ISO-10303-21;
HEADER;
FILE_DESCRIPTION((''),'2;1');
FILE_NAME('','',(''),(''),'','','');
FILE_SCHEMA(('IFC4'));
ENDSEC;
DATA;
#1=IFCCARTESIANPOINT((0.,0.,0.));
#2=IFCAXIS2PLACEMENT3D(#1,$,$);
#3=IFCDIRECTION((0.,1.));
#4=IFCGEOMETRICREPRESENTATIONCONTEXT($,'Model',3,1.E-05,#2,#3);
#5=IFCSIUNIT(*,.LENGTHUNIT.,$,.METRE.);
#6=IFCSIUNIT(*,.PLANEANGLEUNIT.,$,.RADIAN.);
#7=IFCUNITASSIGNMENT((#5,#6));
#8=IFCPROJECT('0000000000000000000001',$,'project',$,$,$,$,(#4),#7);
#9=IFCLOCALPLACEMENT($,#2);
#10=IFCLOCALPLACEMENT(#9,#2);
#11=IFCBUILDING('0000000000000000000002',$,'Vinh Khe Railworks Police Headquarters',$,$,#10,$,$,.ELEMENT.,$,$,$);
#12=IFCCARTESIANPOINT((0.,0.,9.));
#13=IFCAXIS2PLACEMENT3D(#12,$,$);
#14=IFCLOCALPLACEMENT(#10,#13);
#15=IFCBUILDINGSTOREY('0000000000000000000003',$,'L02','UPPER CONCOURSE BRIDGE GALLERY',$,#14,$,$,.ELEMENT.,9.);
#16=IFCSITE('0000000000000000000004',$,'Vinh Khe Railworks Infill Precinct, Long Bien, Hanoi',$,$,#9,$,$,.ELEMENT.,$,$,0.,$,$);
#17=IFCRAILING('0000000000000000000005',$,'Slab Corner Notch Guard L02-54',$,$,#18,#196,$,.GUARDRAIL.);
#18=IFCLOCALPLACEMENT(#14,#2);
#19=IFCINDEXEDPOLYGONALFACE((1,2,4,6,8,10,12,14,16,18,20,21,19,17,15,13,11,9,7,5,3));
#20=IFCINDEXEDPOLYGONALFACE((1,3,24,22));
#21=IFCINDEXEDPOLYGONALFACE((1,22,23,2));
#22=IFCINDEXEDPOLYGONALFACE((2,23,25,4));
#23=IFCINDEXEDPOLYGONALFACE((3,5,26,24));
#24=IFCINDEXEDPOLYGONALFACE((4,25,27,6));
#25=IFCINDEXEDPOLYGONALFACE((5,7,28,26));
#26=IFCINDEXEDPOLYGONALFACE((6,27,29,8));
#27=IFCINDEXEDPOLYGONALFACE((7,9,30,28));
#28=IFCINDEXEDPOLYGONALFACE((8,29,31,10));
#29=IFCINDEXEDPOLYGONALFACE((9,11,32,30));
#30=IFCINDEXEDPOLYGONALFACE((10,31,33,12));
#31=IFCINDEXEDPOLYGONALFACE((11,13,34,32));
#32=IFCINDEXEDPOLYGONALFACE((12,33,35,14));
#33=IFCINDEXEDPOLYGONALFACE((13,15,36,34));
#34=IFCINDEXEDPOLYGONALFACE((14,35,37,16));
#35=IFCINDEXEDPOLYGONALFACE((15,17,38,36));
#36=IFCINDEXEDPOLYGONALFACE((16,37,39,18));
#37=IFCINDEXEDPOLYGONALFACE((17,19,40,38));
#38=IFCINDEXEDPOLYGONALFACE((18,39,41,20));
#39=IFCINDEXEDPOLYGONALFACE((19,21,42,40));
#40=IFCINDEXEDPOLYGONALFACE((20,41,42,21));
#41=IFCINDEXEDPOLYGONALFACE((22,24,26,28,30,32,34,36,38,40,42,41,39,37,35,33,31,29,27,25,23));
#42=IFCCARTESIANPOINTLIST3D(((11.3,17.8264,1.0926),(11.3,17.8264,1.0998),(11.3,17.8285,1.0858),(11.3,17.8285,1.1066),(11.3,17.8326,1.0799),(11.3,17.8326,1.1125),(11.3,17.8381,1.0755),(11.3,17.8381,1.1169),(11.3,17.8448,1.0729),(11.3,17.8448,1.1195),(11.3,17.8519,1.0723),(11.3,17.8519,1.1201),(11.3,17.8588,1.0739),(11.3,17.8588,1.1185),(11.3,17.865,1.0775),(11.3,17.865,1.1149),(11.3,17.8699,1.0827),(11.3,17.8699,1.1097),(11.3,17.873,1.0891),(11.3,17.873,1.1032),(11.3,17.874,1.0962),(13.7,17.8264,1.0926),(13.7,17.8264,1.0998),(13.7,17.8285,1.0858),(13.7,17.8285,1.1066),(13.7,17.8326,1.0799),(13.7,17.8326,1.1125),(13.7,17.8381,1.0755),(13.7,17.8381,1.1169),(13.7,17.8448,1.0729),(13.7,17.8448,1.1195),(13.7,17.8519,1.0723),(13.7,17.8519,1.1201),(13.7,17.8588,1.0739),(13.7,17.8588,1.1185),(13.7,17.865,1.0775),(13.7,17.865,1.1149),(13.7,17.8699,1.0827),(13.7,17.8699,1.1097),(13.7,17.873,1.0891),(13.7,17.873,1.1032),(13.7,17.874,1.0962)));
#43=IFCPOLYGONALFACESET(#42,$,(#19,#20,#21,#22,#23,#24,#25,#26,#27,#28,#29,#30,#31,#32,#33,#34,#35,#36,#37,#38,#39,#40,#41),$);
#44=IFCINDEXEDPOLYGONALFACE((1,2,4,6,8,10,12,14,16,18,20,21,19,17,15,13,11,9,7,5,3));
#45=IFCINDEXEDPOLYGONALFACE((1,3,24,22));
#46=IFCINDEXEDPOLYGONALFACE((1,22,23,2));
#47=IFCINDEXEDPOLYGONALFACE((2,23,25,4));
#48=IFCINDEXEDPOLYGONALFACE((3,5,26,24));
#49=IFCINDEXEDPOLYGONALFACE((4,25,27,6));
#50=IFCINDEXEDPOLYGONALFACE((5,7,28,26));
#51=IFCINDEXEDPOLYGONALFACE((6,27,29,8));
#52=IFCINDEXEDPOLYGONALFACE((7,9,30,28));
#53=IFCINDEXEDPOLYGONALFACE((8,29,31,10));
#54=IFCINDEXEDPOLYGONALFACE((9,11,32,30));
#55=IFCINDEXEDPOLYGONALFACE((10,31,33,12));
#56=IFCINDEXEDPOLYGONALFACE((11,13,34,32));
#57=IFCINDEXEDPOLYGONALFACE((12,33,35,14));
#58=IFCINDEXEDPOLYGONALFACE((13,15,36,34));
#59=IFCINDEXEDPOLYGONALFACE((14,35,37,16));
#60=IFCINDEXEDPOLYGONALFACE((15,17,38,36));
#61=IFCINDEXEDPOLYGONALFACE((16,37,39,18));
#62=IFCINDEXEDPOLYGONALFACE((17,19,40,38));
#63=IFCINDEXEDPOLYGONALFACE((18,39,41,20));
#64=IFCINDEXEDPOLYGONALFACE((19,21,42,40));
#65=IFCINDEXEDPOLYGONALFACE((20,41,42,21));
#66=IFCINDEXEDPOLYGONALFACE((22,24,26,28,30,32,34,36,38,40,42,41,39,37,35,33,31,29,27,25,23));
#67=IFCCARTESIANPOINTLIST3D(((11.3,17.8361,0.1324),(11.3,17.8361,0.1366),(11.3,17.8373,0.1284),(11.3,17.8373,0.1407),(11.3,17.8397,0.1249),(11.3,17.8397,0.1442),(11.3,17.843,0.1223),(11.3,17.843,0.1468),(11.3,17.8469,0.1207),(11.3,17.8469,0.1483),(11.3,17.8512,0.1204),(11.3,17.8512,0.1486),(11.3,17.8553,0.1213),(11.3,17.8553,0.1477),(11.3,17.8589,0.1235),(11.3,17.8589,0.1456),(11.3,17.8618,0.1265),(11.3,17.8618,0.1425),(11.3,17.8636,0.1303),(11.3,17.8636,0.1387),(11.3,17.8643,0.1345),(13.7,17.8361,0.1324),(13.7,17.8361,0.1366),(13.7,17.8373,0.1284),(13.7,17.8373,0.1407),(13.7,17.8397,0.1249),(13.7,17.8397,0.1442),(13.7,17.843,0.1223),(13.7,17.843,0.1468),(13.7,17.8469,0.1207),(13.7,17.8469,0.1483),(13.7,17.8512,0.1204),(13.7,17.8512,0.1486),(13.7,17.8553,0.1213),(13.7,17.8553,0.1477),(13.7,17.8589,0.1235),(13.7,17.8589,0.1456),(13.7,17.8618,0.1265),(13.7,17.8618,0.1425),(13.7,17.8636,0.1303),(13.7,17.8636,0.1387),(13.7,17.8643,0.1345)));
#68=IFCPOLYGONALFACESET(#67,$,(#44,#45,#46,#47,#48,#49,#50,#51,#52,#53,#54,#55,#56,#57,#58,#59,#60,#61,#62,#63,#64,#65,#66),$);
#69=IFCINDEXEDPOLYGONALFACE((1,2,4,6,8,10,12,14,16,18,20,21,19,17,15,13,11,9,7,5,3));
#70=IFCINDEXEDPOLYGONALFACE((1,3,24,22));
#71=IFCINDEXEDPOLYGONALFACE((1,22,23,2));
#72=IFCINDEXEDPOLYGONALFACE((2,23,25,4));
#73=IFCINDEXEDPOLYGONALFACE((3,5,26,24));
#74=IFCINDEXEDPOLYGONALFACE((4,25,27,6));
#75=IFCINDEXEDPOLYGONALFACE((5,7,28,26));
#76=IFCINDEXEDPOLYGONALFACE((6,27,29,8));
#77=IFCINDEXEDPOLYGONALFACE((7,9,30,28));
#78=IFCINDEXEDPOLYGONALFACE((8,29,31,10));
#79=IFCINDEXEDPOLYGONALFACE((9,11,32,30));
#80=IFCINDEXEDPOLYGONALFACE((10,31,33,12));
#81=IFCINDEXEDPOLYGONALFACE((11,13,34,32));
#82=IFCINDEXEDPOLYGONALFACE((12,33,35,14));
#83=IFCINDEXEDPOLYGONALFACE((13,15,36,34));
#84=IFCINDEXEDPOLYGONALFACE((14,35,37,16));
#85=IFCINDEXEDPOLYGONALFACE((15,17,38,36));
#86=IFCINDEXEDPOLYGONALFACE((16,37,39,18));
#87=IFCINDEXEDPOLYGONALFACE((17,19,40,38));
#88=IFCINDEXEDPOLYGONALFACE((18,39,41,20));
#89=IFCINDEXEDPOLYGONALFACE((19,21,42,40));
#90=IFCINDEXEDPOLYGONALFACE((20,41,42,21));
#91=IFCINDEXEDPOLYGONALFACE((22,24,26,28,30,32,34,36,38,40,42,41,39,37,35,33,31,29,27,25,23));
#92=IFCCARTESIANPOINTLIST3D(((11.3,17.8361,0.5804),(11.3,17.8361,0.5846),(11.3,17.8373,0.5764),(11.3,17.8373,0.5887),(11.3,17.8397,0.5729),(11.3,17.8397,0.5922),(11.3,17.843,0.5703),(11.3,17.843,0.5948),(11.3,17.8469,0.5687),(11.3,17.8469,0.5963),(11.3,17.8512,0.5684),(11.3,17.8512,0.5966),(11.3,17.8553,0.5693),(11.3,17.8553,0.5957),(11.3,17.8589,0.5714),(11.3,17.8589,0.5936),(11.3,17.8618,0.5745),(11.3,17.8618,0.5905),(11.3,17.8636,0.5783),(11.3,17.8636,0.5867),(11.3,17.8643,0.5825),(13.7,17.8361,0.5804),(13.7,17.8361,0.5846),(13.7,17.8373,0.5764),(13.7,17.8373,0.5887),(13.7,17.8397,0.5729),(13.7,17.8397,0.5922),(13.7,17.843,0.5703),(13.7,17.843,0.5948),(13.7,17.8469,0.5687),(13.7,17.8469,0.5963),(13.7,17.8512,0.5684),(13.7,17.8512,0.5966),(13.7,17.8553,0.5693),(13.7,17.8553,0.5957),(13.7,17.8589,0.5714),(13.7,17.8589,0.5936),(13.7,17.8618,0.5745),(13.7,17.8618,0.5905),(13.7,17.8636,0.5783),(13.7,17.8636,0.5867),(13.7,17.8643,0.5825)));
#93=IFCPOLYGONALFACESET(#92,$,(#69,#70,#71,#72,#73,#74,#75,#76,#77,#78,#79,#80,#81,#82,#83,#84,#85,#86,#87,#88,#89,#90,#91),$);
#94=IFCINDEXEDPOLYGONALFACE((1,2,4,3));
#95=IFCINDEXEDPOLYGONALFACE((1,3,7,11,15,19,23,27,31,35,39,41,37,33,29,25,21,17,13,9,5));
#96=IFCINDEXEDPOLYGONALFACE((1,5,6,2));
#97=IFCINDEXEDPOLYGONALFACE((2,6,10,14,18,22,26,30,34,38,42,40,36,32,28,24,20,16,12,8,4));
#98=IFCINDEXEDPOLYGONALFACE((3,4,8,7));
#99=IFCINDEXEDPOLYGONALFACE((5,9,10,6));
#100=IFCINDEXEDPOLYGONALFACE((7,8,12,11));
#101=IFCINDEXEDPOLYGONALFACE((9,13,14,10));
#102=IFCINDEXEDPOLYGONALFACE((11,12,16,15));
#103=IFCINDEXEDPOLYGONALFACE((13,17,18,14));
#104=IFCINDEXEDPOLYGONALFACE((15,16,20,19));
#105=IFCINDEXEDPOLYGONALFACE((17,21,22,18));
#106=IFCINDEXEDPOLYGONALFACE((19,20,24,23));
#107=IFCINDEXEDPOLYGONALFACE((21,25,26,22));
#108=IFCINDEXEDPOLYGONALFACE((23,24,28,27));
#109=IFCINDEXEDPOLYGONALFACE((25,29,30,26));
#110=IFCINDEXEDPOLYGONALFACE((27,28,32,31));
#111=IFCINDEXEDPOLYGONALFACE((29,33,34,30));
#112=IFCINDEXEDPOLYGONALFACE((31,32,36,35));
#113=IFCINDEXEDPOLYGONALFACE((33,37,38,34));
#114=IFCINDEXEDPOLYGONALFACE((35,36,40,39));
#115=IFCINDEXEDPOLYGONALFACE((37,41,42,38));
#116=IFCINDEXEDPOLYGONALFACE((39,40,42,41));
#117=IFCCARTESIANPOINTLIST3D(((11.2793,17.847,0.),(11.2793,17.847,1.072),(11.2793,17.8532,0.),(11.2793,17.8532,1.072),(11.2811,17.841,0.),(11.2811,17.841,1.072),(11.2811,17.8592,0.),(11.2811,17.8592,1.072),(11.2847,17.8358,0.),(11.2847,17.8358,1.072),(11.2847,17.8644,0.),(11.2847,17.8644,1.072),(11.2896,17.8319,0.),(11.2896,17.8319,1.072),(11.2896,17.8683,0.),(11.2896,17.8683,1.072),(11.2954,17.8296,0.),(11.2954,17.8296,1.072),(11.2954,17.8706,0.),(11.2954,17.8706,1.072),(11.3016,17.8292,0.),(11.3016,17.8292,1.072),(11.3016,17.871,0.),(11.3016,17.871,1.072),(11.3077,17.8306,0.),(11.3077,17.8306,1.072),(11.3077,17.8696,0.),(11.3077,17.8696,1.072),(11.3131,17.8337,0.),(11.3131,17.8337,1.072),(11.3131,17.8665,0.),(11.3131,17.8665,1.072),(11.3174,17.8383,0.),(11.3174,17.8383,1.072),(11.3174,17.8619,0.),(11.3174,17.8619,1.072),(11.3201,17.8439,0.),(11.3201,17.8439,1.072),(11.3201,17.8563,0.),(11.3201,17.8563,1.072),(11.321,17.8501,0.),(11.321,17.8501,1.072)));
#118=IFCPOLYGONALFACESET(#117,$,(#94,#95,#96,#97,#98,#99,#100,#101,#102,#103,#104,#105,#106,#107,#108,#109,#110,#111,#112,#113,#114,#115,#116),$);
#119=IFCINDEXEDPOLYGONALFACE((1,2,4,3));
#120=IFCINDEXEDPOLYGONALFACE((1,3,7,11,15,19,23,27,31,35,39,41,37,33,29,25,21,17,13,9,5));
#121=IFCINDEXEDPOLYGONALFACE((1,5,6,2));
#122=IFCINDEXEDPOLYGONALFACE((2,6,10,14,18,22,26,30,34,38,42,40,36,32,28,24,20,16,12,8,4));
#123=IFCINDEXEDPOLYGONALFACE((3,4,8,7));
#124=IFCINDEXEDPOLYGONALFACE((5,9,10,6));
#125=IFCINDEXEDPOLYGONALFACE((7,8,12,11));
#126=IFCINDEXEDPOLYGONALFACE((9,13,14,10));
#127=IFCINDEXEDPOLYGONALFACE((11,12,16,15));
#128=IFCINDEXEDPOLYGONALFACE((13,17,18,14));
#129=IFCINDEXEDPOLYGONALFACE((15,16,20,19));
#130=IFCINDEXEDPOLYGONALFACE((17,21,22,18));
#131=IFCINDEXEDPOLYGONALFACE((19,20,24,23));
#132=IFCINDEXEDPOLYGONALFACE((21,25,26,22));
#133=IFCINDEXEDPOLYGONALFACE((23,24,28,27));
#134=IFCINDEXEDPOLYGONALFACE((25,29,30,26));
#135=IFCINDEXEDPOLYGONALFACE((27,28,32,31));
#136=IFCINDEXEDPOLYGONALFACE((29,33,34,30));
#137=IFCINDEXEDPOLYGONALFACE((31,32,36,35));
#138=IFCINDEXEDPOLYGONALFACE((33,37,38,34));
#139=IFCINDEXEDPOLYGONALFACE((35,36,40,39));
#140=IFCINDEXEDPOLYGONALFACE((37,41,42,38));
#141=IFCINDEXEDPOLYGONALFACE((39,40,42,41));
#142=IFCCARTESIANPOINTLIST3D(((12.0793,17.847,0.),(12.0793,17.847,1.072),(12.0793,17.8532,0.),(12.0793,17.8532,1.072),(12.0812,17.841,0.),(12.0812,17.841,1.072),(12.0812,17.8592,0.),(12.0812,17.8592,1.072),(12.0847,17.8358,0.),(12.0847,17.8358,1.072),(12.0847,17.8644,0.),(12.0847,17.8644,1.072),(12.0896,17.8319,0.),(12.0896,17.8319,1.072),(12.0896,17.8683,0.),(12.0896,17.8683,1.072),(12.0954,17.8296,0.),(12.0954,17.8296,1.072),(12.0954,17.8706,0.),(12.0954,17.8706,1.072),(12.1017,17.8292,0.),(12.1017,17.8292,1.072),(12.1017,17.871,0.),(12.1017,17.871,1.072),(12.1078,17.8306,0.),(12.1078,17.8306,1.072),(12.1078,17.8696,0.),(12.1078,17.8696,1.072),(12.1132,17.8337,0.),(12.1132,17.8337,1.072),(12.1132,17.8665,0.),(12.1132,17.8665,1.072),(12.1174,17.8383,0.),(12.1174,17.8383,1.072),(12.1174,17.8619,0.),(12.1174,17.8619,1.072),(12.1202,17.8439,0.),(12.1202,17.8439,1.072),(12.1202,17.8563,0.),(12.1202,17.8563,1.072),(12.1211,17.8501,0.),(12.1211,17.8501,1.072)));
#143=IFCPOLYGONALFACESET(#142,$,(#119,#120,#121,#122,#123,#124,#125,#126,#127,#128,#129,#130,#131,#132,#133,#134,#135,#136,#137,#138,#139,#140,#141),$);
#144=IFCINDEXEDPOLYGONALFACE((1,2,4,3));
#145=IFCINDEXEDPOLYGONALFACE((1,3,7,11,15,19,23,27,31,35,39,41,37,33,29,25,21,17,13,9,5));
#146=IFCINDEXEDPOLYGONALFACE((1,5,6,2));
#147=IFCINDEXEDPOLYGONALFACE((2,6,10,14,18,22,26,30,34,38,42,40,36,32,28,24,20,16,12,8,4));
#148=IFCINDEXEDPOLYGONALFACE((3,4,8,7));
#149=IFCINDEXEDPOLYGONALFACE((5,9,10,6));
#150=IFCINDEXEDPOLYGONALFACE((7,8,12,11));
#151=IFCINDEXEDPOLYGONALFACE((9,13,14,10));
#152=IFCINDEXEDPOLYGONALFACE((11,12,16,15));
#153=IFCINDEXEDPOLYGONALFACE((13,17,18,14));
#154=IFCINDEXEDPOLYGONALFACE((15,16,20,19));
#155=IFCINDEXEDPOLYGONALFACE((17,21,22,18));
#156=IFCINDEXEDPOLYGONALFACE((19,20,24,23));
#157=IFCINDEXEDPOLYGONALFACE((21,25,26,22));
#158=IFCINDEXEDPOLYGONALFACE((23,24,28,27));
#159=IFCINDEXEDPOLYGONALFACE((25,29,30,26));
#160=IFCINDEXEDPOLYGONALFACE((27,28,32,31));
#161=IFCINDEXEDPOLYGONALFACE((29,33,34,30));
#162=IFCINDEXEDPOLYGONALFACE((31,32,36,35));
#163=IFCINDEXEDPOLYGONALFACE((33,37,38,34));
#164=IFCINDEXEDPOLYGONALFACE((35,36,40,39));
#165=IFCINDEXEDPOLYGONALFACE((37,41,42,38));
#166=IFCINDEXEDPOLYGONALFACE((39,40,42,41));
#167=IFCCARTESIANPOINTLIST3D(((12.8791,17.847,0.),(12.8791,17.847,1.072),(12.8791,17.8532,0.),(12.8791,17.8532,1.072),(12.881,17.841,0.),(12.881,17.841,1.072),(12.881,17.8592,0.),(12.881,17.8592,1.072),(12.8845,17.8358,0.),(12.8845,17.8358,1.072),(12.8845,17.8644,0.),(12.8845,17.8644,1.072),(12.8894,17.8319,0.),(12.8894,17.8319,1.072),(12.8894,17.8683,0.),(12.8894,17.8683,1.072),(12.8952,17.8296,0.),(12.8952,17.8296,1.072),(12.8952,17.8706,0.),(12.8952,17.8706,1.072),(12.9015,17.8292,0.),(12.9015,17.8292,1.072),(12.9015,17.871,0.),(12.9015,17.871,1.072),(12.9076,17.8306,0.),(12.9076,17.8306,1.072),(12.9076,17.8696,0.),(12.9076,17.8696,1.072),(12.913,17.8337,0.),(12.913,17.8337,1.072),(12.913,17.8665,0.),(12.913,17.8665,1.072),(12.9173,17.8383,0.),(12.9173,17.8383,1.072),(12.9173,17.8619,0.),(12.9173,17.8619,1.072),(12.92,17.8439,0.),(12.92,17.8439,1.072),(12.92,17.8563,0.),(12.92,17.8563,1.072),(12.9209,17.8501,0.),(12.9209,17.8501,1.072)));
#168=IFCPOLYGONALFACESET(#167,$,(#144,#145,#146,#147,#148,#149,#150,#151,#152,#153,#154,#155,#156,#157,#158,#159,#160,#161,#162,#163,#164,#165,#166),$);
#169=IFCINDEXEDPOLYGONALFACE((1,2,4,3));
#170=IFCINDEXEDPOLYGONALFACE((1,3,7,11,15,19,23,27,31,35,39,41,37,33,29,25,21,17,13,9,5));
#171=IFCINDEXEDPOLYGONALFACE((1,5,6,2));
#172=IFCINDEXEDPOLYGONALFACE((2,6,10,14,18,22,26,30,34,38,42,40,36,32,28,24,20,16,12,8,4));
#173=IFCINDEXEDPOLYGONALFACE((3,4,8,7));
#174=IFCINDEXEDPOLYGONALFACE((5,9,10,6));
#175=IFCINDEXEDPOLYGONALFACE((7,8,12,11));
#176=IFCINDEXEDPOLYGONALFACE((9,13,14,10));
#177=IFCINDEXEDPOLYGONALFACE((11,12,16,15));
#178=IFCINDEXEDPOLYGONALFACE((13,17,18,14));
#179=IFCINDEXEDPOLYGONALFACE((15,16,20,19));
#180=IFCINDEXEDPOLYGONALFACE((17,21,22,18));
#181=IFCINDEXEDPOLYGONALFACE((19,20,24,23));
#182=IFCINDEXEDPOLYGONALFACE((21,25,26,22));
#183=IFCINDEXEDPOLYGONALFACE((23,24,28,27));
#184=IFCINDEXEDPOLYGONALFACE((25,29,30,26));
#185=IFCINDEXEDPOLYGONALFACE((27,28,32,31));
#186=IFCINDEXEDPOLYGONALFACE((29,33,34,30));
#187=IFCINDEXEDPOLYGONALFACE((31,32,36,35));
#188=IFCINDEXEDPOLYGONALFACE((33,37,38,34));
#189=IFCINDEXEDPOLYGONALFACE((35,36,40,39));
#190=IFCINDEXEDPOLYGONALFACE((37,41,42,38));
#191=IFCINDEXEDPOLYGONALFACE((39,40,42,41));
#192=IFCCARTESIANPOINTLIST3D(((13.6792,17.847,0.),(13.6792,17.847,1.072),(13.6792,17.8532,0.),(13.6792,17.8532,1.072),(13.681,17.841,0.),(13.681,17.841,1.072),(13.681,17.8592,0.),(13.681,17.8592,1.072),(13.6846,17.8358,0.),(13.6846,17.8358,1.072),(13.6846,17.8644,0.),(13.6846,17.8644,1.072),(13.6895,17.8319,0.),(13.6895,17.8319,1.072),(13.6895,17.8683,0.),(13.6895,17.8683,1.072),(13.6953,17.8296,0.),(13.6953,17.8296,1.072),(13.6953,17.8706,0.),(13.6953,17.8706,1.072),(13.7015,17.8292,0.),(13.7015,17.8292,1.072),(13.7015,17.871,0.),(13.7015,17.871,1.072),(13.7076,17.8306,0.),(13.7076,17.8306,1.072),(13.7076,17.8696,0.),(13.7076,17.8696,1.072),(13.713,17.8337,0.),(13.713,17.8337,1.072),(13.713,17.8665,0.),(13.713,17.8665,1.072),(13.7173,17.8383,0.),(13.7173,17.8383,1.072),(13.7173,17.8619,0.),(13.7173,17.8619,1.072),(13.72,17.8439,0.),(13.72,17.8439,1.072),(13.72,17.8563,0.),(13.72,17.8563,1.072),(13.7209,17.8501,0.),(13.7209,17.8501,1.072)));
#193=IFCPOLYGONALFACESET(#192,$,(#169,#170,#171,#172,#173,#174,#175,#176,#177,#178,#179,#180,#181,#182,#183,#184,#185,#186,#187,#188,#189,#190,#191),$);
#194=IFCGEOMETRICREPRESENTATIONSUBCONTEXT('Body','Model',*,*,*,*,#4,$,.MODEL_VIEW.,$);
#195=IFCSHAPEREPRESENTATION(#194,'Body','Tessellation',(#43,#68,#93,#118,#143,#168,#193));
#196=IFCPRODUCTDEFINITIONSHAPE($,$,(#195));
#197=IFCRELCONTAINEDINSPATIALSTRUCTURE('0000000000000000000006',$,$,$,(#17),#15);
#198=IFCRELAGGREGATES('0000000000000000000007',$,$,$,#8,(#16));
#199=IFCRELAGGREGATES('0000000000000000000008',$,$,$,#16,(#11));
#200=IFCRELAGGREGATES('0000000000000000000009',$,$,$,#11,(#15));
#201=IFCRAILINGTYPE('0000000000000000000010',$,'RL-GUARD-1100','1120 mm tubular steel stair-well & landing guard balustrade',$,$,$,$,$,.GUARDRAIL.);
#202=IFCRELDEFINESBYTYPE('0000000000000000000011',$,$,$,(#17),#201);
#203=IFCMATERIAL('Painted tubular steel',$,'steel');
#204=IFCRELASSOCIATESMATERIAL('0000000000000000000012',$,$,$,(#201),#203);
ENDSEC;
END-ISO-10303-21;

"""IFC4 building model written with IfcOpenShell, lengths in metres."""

from ifc_helpers import new_model, si_unit, direction, frame, origin, origin_2d, place, context, subcontext, project, spatial, circle, extrude, material, type_object, element, save


model = new_model("IFC4")

# Units and contexts
model_context = context("Model", 3, precision=1e-05, world=origin(), true_north=direction((0.0, 1.0)))
body_context = subcontext(model_context, "Body", "Model", "MODEL_VIEW")
ifc_project = project(units=[si_unit("LENGTHUNIT", "METRE"), si_unit("PLANEANGLEUNIT", "RADIAN")], contexts=[model_context])

# Site, building, storey
site_placement = place(None, origin())
site = spatial("IfcSite", under=ifc_project, at=site_placement, Name="Vinh Khe Railworks Infill Precinct, Long Bien, Hanoi", CompositionType="ELEMENT", RefElevation=0.0)
building_placement = place(site_placement, origin())
building = spatial("IfcBuilding", under=site, at=building_placement, Name="Vinh Khe Railworks Police Headquarters", CompositionType="ELEMENT")
storey_placement = place(building_placement, frame((0.0, 0.0, 9.0)))
storey = spatial("IfcBuildingStorey", under=building, at=storey_placement, Name="L02", Description="UPPER CONCOURSE BRIDGE GALLERY", CompositionType="ELEMENT", Elevation=9.0)

# Railing
ifc_material_1 = material(Name="Painted tubular steel", Category="steel")
railing_type_1 = type_object("IfcRailingType", Name="RL-GUARD-1100", Description="1120 mm tubular steel stair-well & landing guard balustrade", PredefinedType="GUARDRAIL", material=ifc_material_1)
railing_1_placement = place(storey_placement, frame((11.3, 17.8501, 0.0)))
element("IfcRailing", 1, at=railing_1_placement, inside=storey, type_object=railing_type_1, Name="Slab Corner Notch Guard L02-54", PredefinedType="GUARDRAIL", context=body_context, shape_type="SweptSolid", body=[
    extrude(circle(Radius=0.0239, at=origin_2d()), frame((0.0, 0.0, 1.0962), z_axis=(1.0, 0.0, 0.0), x_axis=(0.0, 1.0, 0.0)), (0.0, 0.0, 1.0), 2.3999),
    extrude(circle(Radius=0.0142, at=origin_2d()), frame((0.0, 0.0, 0.1345), z_axis=(1.0, 0.0, 0.0), x_axis=(0.0, 1.0, 0.0)), (0.0, 0.0, 1.0), 2.3999),
    extrude(circle(Radius=0.0142, at=origin_2d()), frame((0.0, 0.0, 0.5825), z_axis=(1.0, 0.0, 0.0), x_axis=(0.0, 1.0, 0.0)), (0.0, 0.0, 1.0), 2.3999),
    extrude(circle(Radius=0.021, at=origin_2d()), origin(), (0.0, 0.0, 1.0), 1.072),
    extrude(circle(Radius=0.021, at=origin_2d()), frame((0.8, 0.0, 0.0)), (0.0, 0.0, 1.0), 1.072),
    extrude(circle(Radius=0.021, at=origin_2d()), frame((1.5999, 0.0, 0.0)), (0.0, 0.0, 1.0), 1.072),
    extrude(circle(Radius=0.021, at=origin_2d()), frame((2.3999, 0.0, 0.0)), (0.0, 0.0, 1.0), 1.072),
])

save(model, "model.ifc")
